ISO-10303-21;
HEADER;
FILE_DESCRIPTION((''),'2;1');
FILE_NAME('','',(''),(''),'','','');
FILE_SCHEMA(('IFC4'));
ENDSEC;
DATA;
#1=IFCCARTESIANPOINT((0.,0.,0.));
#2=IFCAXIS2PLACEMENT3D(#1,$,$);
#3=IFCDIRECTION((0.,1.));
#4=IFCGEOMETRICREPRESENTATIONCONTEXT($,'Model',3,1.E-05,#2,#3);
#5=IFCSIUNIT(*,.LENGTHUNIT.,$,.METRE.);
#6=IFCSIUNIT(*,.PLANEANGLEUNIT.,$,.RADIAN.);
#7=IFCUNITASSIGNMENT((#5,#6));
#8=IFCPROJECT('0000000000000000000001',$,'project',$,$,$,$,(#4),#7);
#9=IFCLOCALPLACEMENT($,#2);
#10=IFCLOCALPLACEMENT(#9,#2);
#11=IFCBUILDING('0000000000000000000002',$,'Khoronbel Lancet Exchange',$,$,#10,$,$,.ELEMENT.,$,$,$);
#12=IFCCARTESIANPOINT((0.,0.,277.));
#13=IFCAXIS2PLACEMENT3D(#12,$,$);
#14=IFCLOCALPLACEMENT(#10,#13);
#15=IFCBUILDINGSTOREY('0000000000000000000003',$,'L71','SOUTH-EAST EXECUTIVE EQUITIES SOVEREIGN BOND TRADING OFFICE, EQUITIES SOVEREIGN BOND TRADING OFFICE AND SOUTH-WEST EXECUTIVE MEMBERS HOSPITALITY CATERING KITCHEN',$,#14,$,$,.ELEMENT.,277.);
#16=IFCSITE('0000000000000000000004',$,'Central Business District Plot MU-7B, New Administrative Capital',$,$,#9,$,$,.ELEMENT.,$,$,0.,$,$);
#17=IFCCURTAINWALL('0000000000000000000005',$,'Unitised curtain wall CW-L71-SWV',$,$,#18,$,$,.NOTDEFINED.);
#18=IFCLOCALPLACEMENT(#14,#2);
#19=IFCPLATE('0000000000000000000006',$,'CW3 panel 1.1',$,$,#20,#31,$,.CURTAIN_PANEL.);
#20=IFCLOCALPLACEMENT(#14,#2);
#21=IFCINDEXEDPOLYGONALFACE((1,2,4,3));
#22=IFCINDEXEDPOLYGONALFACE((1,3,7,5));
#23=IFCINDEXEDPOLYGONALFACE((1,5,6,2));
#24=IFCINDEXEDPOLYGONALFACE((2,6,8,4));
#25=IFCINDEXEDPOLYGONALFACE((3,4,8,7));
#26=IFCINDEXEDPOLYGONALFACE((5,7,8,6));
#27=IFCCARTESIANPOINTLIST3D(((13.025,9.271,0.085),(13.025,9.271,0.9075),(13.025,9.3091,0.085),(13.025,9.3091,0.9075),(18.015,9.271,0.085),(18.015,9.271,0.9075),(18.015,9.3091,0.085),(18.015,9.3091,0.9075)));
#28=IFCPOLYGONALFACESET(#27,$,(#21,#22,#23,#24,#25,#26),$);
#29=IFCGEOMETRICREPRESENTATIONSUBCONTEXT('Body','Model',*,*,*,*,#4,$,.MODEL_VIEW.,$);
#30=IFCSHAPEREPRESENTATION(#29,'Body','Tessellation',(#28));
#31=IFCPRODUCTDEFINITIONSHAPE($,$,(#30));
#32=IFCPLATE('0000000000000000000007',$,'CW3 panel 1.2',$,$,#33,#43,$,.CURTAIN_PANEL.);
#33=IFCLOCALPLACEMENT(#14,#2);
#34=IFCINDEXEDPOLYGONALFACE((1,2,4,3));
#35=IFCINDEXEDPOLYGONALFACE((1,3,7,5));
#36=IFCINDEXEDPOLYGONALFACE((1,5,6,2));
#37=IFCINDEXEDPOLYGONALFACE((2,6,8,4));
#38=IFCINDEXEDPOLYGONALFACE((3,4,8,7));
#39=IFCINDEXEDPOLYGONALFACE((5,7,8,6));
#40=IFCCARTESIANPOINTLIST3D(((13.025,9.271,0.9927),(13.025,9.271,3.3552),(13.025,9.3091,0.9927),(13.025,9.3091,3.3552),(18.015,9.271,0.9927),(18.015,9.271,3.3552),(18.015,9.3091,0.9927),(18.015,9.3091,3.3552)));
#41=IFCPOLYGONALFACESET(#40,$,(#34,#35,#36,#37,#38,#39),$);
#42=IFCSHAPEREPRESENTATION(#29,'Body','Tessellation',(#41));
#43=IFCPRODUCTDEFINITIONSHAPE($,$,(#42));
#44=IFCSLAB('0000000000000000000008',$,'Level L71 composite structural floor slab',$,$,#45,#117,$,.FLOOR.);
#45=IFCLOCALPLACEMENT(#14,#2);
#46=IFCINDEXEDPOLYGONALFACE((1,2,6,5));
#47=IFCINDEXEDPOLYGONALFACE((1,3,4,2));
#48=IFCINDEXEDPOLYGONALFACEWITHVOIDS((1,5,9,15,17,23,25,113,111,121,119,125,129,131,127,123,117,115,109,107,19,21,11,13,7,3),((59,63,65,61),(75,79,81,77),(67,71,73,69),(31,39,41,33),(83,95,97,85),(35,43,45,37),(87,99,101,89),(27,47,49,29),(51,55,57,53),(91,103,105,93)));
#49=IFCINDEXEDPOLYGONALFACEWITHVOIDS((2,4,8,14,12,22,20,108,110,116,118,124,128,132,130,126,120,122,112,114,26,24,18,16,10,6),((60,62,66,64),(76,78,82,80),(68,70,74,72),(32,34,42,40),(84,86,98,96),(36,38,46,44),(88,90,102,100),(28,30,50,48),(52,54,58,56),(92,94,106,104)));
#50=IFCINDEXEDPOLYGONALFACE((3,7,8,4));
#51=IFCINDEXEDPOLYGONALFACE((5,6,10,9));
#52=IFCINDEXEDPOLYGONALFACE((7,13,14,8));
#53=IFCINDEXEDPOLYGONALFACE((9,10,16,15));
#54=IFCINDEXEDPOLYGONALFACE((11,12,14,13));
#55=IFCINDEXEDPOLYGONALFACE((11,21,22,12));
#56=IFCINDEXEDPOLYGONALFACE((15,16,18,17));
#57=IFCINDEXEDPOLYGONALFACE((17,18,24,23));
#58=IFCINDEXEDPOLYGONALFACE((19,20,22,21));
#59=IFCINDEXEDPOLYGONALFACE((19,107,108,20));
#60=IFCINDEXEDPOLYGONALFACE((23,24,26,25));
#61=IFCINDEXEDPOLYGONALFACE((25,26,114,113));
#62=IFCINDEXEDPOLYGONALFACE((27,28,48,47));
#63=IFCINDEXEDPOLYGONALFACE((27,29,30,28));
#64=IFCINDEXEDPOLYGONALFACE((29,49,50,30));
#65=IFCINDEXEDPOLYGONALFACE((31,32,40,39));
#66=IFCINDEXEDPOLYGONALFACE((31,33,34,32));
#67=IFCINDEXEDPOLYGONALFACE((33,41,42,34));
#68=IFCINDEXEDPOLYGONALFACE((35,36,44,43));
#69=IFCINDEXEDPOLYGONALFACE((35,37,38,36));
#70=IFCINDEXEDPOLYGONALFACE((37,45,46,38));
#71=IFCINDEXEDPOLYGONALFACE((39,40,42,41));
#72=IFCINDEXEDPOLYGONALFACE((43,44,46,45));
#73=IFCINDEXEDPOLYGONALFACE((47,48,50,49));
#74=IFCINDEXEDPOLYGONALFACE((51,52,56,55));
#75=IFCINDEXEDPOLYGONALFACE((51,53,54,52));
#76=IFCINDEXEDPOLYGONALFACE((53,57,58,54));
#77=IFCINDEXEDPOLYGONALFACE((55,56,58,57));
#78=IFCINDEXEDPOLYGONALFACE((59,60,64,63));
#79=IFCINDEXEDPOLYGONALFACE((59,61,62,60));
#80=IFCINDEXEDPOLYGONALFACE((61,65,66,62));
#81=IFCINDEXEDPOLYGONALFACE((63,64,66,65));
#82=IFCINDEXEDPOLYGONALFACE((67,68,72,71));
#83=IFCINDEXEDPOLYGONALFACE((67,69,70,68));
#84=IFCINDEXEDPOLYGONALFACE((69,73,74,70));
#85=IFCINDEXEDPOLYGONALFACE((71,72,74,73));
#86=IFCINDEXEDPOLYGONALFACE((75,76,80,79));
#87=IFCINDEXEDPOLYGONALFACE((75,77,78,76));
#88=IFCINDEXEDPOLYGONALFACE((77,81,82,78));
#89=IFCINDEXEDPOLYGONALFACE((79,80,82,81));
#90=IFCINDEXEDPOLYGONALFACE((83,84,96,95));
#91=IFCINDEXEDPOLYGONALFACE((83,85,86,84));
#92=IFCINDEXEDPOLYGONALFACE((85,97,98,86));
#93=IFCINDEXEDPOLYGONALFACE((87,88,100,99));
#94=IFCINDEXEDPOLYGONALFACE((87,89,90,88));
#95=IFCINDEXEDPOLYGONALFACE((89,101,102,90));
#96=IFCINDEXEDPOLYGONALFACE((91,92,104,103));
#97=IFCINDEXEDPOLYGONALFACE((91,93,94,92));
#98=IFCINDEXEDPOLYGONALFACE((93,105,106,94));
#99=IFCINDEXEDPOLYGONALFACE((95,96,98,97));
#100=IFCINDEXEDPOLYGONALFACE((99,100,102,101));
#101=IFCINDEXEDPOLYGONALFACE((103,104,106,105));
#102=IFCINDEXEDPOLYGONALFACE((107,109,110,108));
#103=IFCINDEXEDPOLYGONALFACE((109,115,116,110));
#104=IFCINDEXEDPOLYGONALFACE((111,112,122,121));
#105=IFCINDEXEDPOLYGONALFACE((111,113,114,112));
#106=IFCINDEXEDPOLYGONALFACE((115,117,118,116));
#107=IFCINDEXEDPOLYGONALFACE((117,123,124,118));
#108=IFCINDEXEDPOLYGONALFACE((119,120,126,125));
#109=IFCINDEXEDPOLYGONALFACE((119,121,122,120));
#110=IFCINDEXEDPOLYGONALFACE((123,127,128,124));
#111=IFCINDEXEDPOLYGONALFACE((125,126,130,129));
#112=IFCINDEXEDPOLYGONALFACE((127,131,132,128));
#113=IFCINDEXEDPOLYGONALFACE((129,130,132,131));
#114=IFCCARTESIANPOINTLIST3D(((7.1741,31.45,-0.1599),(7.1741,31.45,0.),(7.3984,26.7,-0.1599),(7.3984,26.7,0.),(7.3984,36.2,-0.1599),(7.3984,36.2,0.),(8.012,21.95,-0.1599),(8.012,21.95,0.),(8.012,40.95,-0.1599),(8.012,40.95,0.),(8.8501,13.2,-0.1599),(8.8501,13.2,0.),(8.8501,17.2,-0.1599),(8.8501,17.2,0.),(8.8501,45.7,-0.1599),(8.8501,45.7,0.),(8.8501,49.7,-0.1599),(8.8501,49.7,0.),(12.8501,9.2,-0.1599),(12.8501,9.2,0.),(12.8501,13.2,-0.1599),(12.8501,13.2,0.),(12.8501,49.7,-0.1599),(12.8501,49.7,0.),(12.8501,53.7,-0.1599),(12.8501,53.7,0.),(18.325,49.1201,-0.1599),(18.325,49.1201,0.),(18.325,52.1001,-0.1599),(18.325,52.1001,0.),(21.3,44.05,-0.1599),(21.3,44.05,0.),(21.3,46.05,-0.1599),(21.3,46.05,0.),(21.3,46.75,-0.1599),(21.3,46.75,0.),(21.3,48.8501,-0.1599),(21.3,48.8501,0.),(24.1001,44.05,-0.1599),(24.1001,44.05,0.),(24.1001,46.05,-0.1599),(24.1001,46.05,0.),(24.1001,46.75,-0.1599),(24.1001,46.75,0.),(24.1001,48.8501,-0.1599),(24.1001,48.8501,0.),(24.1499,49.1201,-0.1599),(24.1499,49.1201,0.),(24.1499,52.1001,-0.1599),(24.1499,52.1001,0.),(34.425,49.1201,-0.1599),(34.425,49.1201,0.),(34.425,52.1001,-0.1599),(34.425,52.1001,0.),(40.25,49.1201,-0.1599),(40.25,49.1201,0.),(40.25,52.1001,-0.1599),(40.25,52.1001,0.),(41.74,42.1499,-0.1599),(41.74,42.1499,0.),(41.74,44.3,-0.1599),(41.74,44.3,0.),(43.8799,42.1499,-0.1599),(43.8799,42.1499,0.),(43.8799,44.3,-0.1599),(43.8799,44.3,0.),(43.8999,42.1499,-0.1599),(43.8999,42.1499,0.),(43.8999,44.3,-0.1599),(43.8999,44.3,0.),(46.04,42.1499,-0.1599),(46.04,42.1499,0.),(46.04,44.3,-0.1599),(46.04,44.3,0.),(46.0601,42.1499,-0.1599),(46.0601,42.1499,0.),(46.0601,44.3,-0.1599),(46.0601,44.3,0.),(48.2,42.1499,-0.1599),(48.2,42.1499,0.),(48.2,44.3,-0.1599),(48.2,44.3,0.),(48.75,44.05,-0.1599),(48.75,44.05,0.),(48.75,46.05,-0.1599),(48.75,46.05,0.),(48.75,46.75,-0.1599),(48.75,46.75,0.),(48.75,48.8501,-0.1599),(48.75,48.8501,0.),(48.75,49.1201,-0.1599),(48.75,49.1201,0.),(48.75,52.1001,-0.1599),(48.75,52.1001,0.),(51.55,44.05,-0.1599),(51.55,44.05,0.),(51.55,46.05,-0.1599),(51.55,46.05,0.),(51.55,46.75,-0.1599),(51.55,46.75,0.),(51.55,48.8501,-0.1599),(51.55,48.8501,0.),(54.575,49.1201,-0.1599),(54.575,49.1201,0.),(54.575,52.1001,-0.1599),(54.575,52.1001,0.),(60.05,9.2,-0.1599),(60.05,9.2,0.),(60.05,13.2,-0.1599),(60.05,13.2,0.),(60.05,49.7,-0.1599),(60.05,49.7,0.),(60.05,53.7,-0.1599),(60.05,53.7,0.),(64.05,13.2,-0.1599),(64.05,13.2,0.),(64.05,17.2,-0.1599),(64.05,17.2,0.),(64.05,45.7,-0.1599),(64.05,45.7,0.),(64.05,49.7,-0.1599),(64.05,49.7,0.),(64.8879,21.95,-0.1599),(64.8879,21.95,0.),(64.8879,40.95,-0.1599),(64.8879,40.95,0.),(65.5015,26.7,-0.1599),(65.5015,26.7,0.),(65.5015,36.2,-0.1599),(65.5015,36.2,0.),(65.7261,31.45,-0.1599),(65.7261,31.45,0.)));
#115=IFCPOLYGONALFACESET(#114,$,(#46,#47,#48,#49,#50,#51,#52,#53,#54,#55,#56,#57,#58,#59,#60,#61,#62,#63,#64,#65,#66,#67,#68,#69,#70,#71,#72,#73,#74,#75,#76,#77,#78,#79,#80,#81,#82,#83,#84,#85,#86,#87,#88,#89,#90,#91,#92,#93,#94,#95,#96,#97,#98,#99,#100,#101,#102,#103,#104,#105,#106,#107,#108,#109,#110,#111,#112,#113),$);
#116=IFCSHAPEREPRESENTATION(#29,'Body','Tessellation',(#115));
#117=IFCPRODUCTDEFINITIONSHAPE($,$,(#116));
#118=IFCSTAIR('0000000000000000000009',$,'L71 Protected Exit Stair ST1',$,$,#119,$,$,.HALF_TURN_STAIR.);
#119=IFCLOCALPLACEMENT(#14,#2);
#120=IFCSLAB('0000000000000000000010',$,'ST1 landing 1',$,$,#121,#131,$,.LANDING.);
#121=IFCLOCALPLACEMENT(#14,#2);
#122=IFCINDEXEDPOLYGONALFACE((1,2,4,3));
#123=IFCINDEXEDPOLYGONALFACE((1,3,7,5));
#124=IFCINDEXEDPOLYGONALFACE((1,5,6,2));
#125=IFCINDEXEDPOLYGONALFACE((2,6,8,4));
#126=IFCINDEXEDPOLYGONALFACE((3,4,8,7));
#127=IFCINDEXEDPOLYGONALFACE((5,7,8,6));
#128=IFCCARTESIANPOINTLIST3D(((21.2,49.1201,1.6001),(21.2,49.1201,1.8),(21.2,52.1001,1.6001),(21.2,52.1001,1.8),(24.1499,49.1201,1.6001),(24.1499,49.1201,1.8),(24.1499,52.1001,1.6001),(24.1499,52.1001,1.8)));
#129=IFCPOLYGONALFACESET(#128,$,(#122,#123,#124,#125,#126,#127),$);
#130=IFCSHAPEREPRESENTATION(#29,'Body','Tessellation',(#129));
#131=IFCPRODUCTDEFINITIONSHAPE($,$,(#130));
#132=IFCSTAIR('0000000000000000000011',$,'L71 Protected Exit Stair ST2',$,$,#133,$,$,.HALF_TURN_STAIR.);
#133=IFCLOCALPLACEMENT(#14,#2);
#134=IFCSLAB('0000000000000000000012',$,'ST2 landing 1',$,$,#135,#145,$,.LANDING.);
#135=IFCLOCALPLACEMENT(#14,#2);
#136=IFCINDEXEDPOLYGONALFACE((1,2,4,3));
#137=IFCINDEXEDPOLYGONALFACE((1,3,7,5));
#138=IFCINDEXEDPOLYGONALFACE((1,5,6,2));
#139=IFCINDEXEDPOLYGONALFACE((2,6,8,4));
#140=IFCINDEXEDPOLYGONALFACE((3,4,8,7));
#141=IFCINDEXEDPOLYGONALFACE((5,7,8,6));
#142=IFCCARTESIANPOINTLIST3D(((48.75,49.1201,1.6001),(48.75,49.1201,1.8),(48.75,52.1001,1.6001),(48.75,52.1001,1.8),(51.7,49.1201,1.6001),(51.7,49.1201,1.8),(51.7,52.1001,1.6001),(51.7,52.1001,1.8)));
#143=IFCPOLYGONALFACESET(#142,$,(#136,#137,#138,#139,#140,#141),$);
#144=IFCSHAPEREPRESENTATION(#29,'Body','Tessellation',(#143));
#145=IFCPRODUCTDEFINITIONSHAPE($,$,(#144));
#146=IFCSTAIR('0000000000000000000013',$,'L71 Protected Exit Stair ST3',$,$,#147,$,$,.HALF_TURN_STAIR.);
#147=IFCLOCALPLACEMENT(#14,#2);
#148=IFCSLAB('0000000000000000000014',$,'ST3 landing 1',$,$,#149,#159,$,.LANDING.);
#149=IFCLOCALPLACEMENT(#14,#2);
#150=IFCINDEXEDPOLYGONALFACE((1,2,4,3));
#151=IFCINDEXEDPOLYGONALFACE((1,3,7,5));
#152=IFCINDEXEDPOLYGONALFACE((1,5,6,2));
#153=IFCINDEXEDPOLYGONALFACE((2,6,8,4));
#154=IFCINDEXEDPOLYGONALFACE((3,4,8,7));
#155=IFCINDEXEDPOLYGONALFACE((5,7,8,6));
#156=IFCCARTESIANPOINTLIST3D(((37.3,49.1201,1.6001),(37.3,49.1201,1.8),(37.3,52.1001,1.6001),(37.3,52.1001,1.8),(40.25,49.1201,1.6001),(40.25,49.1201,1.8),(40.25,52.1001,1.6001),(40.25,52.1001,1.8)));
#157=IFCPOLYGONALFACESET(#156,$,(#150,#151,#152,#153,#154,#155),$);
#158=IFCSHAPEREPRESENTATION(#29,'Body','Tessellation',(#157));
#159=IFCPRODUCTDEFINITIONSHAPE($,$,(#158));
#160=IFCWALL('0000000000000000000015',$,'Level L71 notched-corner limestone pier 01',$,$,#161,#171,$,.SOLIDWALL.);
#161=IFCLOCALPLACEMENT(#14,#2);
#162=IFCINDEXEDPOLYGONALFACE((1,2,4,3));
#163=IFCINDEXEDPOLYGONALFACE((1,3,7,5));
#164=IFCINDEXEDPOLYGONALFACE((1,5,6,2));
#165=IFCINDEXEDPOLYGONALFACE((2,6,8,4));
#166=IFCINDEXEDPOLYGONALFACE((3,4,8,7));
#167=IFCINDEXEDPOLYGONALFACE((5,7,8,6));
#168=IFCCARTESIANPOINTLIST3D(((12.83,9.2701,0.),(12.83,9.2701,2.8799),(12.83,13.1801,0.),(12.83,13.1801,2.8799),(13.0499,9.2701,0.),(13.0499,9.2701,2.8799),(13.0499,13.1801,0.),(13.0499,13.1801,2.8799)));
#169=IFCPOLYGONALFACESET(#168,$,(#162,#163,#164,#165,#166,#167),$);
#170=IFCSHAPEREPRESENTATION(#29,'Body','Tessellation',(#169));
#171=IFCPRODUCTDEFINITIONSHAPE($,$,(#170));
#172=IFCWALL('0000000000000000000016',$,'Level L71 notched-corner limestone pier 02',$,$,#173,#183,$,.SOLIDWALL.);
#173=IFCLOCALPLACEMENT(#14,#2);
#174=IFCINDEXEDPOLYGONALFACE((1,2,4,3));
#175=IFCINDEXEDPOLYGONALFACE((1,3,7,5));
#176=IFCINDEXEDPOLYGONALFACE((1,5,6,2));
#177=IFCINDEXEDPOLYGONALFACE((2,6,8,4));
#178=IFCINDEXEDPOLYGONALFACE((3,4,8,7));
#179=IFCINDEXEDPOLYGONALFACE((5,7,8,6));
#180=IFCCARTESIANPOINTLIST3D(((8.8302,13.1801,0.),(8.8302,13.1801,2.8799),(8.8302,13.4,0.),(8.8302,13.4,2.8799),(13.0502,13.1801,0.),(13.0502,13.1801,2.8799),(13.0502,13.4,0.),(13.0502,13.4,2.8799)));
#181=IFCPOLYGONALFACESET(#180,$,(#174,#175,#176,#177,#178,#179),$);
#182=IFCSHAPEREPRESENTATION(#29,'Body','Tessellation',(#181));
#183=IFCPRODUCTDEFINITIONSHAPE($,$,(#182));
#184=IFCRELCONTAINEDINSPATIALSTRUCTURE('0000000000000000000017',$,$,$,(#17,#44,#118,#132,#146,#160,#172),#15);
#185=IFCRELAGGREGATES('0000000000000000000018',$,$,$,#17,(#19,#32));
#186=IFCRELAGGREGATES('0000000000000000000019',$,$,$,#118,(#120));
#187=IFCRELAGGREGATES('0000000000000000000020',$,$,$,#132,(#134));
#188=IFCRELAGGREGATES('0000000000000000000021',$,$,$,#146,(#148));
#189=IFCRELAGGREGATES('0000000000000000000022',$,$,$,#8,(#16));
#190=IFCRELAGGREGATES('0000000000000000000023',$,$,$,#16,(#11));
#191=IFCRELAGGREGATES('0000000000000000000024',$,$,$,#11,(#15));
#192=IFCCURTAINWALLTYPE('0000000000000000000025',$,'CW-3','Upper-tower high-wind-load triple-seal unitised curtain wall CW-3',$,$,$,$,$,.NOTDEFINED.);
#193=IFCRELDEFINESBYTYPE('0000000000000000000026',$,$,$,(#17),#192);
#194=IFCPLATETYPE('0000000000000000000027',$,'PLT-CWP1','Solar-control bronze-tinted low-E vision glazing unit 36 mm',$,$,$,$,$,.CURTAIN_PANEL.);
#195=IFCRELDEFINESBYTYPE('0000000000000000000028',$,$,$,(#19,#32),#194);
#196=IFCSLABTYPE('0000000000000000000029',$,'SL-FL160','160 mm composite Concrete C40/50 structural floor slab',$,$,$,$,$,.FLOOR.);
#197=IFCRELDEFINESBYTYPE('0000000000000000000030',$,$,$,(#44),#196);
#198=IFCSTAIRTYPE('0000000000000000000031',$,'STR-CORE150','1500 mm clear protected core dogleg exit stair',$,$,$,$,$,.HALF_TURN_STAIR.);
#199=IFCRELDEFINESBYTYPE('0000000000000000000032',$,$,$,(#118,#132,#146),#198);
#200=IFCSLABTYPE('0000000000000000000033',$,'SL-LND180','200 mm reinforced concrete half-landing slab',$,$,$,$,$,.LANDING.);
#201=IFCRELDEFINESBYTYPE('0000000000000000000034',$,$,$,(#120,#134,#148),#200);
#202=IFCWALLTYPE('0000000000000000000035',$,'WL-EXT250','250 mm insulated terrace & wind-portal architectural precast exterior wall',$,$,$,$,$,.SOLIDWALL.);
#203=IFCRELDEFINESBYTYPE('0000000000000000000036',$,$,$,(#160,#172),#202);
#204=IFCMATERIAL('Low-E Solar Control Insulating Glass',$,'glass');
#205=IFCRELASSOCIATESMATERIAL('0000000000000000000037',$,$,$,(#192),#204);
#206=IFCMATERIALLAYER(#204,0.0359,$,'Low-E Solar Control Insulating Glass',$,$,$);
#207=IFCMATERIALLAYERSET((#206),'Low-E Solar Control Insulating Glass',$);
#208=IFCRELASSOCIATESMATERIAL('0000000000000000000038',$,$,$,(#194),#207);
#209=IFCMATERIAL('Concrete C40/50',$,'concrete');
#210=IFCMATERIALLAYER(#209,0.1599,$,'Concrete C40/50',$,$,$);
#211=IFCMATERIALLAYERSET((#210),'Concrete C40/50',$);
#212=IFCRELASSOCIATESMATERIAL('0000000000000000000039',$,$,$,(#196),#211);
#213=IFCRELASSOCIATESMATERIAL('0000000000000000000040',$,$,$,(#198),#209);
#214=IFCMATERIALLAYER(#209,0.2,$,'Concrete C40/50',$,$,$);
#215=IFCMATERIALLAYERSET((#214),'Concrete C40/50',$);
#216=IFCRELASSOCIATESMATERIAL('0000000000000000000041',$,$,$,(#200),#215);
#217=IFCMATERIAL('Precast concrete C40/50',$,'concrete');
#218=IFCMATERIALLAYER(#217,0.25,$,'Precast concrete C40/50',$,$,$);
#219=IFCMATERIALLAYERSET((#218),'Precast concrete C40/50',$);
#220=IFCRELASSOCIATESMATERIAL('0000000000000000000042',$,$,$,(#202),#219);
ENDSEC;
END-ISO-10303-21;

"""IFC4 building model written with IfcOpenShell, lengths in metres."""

from ifc_helpers import new_model, si_unit, direction, frame, frame_2d, origin, origin_2d, place, context, subcontext, project, spatial, polyline, rectangle, outline, extrude, material, layer, layer_set, type_object, element, aggregate, save


model = new_model("IFC4")

# Units and contexts
model_context = context("Model", 3, precision=1e-05, world=origin(), true_north=direction((0.0, 1.0)))
body_context = subcontext(model_context, "Body", "Model", "MODEL_VIEW")
ifc_project = project(units=[si_unit("LENGTHUNIT", "METRE"), si_unit("PLANEANGLEUNIT", "RADIAN")], contexts=[model_context])

# Site, building, storey
site_placement = place(None, origin())
site = spatial("IfcSite", under=ifc_project, at=site_placement, Name="Central Business District Plot MU-7B, New Administrative Capital", CompositionType="ELEMENT", RefElevation=0.0)
building_placement = place(site_placement, origin())
building = spatial("IfcBuilding", under=site, at=building_placement, Name="Khoronbel Lancet Exchange", CompositionType="ELEMENT")
storey_placement = place(building_placement, frame((0.0, 0.0, 277.0)))
storey = spatial("IfcBuildingStorey", under=building, at=storey_placement, Name="L71", Description="SOUTH-EAST EXECUTIVE EQUITIES SOVEREIGN BOND TRADING OFFICE, EQUITIES SOVEREIGN BOND TRADING OFFICE AND SOUTH-WEST EXECUTIVE MEMBERS HOSPITALITY CATERING KITCHEN", CompositionType="ELEMENT", Elevation=277.0)

# Curtain wall
ifc_material_1 = material(Name="Low-E Solar Control Insulating Glass", Category="glass")
curtain_wall_type = type_object("IfcCurtainWallType", Name="CW-3", Description="Upper-tower high-wind-load triple-seal unitised curtain wall CW-3", PredefinedType="NOTDEFINED", material=ifc_material_1)
curtain_wall_1_placement = place(storey_placement, origin())
curtain_wall_1 = element("IfcCurtainWall", 1, at=curtain_wall_1_placement, inside=storey, type_object=curtain_wall_type, Name="Unitised curtain wall CW-L71-SWV", PredefinedType="NOTDEFINED")

# Plates
ifc_layer_1 = layer(ifc_material_1, 0.0359, Name="Low-E Solar Control Insulating Glass")
ifc_layer_set_1 = layer_set([ifc_layer_1], Name="Low-E Solar Control Insulating Glass")
plate_type = type_object("IfcPlateType", Name="PLT-CWP1", Description="Solar-control bronze-tinted low-E vision glazing unit 36 mm", PredefinedType="CURTAIN_PANEL", material=ifc_layer_set_1)
plate_1_placement = place(storey_placement, frame((15.52, 9.29, 0.085), z_axis=(0.0, 0.0, 1.0), x_axis=(1.0, 0.0, 0.0)))
plate_1 = element("IfcPlate", 2, at=plate_1_placement, type_object=plate_type, Name="CW3 panel 1.1", PredefinedType="CURTAIN_PANEL", context=body_context, shape_type="SweptSolid", body=[
    extrude(rectangle(XDim=4.99, YDim=0.0381, at=origin_2d()), origin(), (0.0, 0.0, 1.0), 0.8225),
])
plate_2_placement = place(storey_placement, frame((15.52, 9.29, 0.9927), z_axis=(0.0, 0.0, 1.0), x_axis=(1.0, 0.0, 0.0)))
plate_2 = element("IfcPlate", 3, at=plate_2_placement, type_object=plate_type, Name="CW3 panel 1.2", PredefinedType="CURTAIN_PANEL", context=body_context, shape_type="SweptSolid", body=[
    extrude(rectangle(XDim=4.99, YDim=0.0381, at=origin_2d()), origin(), (0.0, 0.0, 1.0), 2.3625),
])
aggregate(curtain_wall_1, [plate_1, plate_2])

# Slab
ifc_material_2 = material(Name="Concrete C40/50", Category="concrete")
ifc_layer_2 = layer(ifc_material_2, 0.1599, Name="Concrete C40/50")
ifc_layer_set_2 = layer_set([ifc_layer_2], Name="Concrete C40/50")
slab_type_1 = type_object("IfcSlabType", Name="SL-FL160", Description="160 mm composite Concrete C40/50 structural floor slab", PredefinedType="FLOOR", material=ifc_layer_set_2)
slab_1_placement = place(storey_placement, frame((0.0, 0.0, -0.1599)))
element("IfcSlab", 4, at=slab_1_placement, inside=storey, type_object=slab_type_1, Name="Level L71 composite structural floor slab", PredefinedType="FLOOR", context=body_context, shape_type="SweptSolid", body=[
    extrude(outline(polyline([(12.8501, 9.2), (60.05, 9.2), (60.05, 13.2), (64.05, 13.2), (64.05, 17.2), (64.8879, 21.95), (65.5015, 26.7), (65.7261, 31.45), (65.5015, 36.2), (64.8879, 40.95), (64.05, 45.7), (64.05, 49.7), (60.05, 49.7), (60.05, 53.7), (12.8501, 53.7), (12.8501, 49.7), (8.8501, 49.7), (8.8501, 45.7), (8.012, 40.95), (7.3984, 36.2), (7.1741, 31.45), (7.3984, 26.7), (8.012, 21.95), (8.8501, 17.2), (8.8501, 13.2), (12.8501, 13.2), (12.8501, 9.2)]), holes=[polyline([(18.325, 49.1201), (24.1499, 49.1201), (24.1499, 52.1001), (18.325, 52.1001), (18.325, 49.1201)]), polyline([(48.75, 49.1201), (54.575, 49.1201), (54.575, 52.1001), (48.75, 52.1001), (48.75, 49.1201)]), polyline([(34.425, 49.1201), (40.25, 49.1201), (40.25, 52.1001), (34.425, 52.1001), (34.425, 49.1201)]), polyline([(41.74, 42.1499), (43.8799, 42.1499), (43.8799, 44.3), (41.74, 44.3), (41.74, 42.1499)]), polyline([(43.8999, 42.1499), (46.04, 42.1499), (46.04, 44.3), (43.8999, 44.3), (43.8999, 42.1499)]), polyline([(46.0601, 42.1499), (48.2, 42.1499), (48.2, 44.3), (46.0601, 44.3), (46.0601, 42.1499)]), polyline([(21.3, 46.75), (24.1001, 46.75), (24.1001, 48.8501), (21.3, 48.8501), (21.3, 46.75)]), polyline([(48.75, 46.75), (51.55, 46.75), (51.55, 48.8501), (48.75, 48.8501), (48.75, 46.75)]), polyline([(21.3, 44.05), (24.1001, 44.05), (24.1001, 46.05), (21.3, 46.05), (21.3, 44.05)]), polyline([(48.75, 44.05), (51.55, 44.05), (51.55, 46.05), (48.75, 46.05), (48.75, 44.05)])]), origin(), (0.0, 0.0, 1.0), 0.1599),
])

# Stairs, slabs
stair_type = type_object("IfcStairType", Name="STR-CORE150", Description="1500 mm clear protected core dogleg exit stair", PredefinedType="HALF_TURN_STAIR", material=ifc_material_2)
stair_1_placement = place(storey_placement, origin())
stair_1 = element("IfcStair", 5, at=stair_1_placement, inside=storey, type_object=stair_type, Name="L71 Protected Exit Stair ST1", PredefinedType="HALF_TURN_STAIR")
ifc_layer_3 = layer(ifc_material_2, 0.2, Name="Concrete C40/50")
ifc_layer_set_3 = layer_set([ifc_layer_3], Name="Concrete C40/50")
slab_type_2 = type_object("IfcSlabType", Name="SL-LND180", Description="200 mm reinforced concrete half-landing slab", PredefinedType="LANDING", material=ifc_layer_set_3)
slab_2_placement = place(storey_placement, frame((0.0, 0.0, 1.6001)))
slab_2 = element("IfcSlab", 6, at=slab_2_placement, type_object=slab_type_2, Name="ST1 landing 1", PredefinedType="LANDING", context=body_context, shape_type="SweptSolid", body=[
    extrude(outline(polyline([(21.2, 49.1201), (24.1499, 49.1201), (24.1499, 52.1001), (21.2, 52.1001), (21.2, 49.1201)])), origin(), (0.0, 0.0, 1.0), 0.2),
])
aggregate(stair_1, [slab_2])
stair_2_placement = place(storey_placement, origin())
stair_2 = element("IfcStair", 7, at=stair_2_placement, inside=storey, type_object=stair_type, Name="L71 Protected Exit Stair ST2", PredefinedType="HALF_TURN_STAIR")
slab_3_placement = place(storey_placement, frame((0.0, 0.0, 1.6001)))
slab_3 = element("IfcSlab", 8, at=slab_3_placement, type_object=slab_type_2, Name="ST2 landing 1", PredefinedType="LANDING", context=body_context, shape_type="SweptSolid", body=[
    extrude(outline(polyline([(51.7, 52.1001), (48.75, 52.1001), (48.75, 49.1201), (51.7, 49.1201), (51.7, 52.1001)])), origin(), (0.0, 0.0, 1.0), 0.2),
])
aggregate(stair_2, [slab_3])
stair_3_placement = place(storey_placement, origin())
stair_3 = element("IfcStair", 9, at=stair_3_placement, inside=storey, type_object=stair_type, Name="L71 Protected Exit Stair ST3", PredefinedType="HALF_TURN_STAIR")
slab_4_placement = place(storey_placement, frame((0.0, 0.0, 1.6001)))
slab_4 = element("IfcSlab", 10, at=slab_4_placement, type_object=slab_type_2, Name="ST3 landing 1", PredefinedType="LANDING", context=body_context, shape_type="SweptSolid", body=[
    extrude(outline(polyline([(37.3, 49.1201), (40.25, 49.1201), (40.25, 52.1001), (37.3, 52.1001), (37.3, 49.1201)])), origin(), (0.0, 0.0, 1.0), 0.2),
])
aggregate(stair_3, [slab_4])

# Walls
ifc_material_3 = material(Name="Precast concrete C40/50", Category="concrete")
ifc_layer_4 = layer(ifc_material_3, 0.25, Name="Precast concrete C40/50")
ifc_layer_set_4 = layer_set([ifc_layer_4], Name="Precast concrete C40/50")
wall_type_1 = type_object("IfcWallType", Name="WL-EXT250", Description="250 mm insulated terrace & wind-portal architectural precast exterior wall", PredefinedType="SOLIDWALL", material=ifc_layer_set_4)
wall_1_placement = place(storey_placement, frame((12.9399, 9.27, 0.0), z_axis=(0.0, 0.0, 1.0), x_axis=(0.0, 1.0, 0.0)))
element("IfcWall", 11, at=wall_1_placement, inside=storey, type_object=wall_type_1, Name="Level L71 notched-corner limestone pier 01", PredefinedType="SOLIDWALL", context=body_context, shape_type="SweptSolid", body=[
    extrude(rectangle(XDim=3.9099, YDim=0.22, at=frame_2d((1.9551, 0.0))), origin(), (0.0, 0.0, 1.0), 2.8799),
])
wall_2_placement = place(storey_placement, frame((13.05, 13.29, 0.0), z_axis=(0.0, 0.0, 1.0), x_axis=(-1.0, 0.0, 0.0)))
element("IfcWall", 12, at=wall_2_placement, inside=storey, type_object=wall_type_1, Name="Level L71 notched-corner limestone pier 02", PredefinedType="SOLIDWALL", context=body_context, shape_type="SweptSolid", body=[
    extrude(rectangle(XDim=4.22, YDim=0.22, at=frame_2d((2.1099, 0.0))), origin(), (0.0, 0.0, 1.0), 2.8799),
])

save(model, "model.ifc")
